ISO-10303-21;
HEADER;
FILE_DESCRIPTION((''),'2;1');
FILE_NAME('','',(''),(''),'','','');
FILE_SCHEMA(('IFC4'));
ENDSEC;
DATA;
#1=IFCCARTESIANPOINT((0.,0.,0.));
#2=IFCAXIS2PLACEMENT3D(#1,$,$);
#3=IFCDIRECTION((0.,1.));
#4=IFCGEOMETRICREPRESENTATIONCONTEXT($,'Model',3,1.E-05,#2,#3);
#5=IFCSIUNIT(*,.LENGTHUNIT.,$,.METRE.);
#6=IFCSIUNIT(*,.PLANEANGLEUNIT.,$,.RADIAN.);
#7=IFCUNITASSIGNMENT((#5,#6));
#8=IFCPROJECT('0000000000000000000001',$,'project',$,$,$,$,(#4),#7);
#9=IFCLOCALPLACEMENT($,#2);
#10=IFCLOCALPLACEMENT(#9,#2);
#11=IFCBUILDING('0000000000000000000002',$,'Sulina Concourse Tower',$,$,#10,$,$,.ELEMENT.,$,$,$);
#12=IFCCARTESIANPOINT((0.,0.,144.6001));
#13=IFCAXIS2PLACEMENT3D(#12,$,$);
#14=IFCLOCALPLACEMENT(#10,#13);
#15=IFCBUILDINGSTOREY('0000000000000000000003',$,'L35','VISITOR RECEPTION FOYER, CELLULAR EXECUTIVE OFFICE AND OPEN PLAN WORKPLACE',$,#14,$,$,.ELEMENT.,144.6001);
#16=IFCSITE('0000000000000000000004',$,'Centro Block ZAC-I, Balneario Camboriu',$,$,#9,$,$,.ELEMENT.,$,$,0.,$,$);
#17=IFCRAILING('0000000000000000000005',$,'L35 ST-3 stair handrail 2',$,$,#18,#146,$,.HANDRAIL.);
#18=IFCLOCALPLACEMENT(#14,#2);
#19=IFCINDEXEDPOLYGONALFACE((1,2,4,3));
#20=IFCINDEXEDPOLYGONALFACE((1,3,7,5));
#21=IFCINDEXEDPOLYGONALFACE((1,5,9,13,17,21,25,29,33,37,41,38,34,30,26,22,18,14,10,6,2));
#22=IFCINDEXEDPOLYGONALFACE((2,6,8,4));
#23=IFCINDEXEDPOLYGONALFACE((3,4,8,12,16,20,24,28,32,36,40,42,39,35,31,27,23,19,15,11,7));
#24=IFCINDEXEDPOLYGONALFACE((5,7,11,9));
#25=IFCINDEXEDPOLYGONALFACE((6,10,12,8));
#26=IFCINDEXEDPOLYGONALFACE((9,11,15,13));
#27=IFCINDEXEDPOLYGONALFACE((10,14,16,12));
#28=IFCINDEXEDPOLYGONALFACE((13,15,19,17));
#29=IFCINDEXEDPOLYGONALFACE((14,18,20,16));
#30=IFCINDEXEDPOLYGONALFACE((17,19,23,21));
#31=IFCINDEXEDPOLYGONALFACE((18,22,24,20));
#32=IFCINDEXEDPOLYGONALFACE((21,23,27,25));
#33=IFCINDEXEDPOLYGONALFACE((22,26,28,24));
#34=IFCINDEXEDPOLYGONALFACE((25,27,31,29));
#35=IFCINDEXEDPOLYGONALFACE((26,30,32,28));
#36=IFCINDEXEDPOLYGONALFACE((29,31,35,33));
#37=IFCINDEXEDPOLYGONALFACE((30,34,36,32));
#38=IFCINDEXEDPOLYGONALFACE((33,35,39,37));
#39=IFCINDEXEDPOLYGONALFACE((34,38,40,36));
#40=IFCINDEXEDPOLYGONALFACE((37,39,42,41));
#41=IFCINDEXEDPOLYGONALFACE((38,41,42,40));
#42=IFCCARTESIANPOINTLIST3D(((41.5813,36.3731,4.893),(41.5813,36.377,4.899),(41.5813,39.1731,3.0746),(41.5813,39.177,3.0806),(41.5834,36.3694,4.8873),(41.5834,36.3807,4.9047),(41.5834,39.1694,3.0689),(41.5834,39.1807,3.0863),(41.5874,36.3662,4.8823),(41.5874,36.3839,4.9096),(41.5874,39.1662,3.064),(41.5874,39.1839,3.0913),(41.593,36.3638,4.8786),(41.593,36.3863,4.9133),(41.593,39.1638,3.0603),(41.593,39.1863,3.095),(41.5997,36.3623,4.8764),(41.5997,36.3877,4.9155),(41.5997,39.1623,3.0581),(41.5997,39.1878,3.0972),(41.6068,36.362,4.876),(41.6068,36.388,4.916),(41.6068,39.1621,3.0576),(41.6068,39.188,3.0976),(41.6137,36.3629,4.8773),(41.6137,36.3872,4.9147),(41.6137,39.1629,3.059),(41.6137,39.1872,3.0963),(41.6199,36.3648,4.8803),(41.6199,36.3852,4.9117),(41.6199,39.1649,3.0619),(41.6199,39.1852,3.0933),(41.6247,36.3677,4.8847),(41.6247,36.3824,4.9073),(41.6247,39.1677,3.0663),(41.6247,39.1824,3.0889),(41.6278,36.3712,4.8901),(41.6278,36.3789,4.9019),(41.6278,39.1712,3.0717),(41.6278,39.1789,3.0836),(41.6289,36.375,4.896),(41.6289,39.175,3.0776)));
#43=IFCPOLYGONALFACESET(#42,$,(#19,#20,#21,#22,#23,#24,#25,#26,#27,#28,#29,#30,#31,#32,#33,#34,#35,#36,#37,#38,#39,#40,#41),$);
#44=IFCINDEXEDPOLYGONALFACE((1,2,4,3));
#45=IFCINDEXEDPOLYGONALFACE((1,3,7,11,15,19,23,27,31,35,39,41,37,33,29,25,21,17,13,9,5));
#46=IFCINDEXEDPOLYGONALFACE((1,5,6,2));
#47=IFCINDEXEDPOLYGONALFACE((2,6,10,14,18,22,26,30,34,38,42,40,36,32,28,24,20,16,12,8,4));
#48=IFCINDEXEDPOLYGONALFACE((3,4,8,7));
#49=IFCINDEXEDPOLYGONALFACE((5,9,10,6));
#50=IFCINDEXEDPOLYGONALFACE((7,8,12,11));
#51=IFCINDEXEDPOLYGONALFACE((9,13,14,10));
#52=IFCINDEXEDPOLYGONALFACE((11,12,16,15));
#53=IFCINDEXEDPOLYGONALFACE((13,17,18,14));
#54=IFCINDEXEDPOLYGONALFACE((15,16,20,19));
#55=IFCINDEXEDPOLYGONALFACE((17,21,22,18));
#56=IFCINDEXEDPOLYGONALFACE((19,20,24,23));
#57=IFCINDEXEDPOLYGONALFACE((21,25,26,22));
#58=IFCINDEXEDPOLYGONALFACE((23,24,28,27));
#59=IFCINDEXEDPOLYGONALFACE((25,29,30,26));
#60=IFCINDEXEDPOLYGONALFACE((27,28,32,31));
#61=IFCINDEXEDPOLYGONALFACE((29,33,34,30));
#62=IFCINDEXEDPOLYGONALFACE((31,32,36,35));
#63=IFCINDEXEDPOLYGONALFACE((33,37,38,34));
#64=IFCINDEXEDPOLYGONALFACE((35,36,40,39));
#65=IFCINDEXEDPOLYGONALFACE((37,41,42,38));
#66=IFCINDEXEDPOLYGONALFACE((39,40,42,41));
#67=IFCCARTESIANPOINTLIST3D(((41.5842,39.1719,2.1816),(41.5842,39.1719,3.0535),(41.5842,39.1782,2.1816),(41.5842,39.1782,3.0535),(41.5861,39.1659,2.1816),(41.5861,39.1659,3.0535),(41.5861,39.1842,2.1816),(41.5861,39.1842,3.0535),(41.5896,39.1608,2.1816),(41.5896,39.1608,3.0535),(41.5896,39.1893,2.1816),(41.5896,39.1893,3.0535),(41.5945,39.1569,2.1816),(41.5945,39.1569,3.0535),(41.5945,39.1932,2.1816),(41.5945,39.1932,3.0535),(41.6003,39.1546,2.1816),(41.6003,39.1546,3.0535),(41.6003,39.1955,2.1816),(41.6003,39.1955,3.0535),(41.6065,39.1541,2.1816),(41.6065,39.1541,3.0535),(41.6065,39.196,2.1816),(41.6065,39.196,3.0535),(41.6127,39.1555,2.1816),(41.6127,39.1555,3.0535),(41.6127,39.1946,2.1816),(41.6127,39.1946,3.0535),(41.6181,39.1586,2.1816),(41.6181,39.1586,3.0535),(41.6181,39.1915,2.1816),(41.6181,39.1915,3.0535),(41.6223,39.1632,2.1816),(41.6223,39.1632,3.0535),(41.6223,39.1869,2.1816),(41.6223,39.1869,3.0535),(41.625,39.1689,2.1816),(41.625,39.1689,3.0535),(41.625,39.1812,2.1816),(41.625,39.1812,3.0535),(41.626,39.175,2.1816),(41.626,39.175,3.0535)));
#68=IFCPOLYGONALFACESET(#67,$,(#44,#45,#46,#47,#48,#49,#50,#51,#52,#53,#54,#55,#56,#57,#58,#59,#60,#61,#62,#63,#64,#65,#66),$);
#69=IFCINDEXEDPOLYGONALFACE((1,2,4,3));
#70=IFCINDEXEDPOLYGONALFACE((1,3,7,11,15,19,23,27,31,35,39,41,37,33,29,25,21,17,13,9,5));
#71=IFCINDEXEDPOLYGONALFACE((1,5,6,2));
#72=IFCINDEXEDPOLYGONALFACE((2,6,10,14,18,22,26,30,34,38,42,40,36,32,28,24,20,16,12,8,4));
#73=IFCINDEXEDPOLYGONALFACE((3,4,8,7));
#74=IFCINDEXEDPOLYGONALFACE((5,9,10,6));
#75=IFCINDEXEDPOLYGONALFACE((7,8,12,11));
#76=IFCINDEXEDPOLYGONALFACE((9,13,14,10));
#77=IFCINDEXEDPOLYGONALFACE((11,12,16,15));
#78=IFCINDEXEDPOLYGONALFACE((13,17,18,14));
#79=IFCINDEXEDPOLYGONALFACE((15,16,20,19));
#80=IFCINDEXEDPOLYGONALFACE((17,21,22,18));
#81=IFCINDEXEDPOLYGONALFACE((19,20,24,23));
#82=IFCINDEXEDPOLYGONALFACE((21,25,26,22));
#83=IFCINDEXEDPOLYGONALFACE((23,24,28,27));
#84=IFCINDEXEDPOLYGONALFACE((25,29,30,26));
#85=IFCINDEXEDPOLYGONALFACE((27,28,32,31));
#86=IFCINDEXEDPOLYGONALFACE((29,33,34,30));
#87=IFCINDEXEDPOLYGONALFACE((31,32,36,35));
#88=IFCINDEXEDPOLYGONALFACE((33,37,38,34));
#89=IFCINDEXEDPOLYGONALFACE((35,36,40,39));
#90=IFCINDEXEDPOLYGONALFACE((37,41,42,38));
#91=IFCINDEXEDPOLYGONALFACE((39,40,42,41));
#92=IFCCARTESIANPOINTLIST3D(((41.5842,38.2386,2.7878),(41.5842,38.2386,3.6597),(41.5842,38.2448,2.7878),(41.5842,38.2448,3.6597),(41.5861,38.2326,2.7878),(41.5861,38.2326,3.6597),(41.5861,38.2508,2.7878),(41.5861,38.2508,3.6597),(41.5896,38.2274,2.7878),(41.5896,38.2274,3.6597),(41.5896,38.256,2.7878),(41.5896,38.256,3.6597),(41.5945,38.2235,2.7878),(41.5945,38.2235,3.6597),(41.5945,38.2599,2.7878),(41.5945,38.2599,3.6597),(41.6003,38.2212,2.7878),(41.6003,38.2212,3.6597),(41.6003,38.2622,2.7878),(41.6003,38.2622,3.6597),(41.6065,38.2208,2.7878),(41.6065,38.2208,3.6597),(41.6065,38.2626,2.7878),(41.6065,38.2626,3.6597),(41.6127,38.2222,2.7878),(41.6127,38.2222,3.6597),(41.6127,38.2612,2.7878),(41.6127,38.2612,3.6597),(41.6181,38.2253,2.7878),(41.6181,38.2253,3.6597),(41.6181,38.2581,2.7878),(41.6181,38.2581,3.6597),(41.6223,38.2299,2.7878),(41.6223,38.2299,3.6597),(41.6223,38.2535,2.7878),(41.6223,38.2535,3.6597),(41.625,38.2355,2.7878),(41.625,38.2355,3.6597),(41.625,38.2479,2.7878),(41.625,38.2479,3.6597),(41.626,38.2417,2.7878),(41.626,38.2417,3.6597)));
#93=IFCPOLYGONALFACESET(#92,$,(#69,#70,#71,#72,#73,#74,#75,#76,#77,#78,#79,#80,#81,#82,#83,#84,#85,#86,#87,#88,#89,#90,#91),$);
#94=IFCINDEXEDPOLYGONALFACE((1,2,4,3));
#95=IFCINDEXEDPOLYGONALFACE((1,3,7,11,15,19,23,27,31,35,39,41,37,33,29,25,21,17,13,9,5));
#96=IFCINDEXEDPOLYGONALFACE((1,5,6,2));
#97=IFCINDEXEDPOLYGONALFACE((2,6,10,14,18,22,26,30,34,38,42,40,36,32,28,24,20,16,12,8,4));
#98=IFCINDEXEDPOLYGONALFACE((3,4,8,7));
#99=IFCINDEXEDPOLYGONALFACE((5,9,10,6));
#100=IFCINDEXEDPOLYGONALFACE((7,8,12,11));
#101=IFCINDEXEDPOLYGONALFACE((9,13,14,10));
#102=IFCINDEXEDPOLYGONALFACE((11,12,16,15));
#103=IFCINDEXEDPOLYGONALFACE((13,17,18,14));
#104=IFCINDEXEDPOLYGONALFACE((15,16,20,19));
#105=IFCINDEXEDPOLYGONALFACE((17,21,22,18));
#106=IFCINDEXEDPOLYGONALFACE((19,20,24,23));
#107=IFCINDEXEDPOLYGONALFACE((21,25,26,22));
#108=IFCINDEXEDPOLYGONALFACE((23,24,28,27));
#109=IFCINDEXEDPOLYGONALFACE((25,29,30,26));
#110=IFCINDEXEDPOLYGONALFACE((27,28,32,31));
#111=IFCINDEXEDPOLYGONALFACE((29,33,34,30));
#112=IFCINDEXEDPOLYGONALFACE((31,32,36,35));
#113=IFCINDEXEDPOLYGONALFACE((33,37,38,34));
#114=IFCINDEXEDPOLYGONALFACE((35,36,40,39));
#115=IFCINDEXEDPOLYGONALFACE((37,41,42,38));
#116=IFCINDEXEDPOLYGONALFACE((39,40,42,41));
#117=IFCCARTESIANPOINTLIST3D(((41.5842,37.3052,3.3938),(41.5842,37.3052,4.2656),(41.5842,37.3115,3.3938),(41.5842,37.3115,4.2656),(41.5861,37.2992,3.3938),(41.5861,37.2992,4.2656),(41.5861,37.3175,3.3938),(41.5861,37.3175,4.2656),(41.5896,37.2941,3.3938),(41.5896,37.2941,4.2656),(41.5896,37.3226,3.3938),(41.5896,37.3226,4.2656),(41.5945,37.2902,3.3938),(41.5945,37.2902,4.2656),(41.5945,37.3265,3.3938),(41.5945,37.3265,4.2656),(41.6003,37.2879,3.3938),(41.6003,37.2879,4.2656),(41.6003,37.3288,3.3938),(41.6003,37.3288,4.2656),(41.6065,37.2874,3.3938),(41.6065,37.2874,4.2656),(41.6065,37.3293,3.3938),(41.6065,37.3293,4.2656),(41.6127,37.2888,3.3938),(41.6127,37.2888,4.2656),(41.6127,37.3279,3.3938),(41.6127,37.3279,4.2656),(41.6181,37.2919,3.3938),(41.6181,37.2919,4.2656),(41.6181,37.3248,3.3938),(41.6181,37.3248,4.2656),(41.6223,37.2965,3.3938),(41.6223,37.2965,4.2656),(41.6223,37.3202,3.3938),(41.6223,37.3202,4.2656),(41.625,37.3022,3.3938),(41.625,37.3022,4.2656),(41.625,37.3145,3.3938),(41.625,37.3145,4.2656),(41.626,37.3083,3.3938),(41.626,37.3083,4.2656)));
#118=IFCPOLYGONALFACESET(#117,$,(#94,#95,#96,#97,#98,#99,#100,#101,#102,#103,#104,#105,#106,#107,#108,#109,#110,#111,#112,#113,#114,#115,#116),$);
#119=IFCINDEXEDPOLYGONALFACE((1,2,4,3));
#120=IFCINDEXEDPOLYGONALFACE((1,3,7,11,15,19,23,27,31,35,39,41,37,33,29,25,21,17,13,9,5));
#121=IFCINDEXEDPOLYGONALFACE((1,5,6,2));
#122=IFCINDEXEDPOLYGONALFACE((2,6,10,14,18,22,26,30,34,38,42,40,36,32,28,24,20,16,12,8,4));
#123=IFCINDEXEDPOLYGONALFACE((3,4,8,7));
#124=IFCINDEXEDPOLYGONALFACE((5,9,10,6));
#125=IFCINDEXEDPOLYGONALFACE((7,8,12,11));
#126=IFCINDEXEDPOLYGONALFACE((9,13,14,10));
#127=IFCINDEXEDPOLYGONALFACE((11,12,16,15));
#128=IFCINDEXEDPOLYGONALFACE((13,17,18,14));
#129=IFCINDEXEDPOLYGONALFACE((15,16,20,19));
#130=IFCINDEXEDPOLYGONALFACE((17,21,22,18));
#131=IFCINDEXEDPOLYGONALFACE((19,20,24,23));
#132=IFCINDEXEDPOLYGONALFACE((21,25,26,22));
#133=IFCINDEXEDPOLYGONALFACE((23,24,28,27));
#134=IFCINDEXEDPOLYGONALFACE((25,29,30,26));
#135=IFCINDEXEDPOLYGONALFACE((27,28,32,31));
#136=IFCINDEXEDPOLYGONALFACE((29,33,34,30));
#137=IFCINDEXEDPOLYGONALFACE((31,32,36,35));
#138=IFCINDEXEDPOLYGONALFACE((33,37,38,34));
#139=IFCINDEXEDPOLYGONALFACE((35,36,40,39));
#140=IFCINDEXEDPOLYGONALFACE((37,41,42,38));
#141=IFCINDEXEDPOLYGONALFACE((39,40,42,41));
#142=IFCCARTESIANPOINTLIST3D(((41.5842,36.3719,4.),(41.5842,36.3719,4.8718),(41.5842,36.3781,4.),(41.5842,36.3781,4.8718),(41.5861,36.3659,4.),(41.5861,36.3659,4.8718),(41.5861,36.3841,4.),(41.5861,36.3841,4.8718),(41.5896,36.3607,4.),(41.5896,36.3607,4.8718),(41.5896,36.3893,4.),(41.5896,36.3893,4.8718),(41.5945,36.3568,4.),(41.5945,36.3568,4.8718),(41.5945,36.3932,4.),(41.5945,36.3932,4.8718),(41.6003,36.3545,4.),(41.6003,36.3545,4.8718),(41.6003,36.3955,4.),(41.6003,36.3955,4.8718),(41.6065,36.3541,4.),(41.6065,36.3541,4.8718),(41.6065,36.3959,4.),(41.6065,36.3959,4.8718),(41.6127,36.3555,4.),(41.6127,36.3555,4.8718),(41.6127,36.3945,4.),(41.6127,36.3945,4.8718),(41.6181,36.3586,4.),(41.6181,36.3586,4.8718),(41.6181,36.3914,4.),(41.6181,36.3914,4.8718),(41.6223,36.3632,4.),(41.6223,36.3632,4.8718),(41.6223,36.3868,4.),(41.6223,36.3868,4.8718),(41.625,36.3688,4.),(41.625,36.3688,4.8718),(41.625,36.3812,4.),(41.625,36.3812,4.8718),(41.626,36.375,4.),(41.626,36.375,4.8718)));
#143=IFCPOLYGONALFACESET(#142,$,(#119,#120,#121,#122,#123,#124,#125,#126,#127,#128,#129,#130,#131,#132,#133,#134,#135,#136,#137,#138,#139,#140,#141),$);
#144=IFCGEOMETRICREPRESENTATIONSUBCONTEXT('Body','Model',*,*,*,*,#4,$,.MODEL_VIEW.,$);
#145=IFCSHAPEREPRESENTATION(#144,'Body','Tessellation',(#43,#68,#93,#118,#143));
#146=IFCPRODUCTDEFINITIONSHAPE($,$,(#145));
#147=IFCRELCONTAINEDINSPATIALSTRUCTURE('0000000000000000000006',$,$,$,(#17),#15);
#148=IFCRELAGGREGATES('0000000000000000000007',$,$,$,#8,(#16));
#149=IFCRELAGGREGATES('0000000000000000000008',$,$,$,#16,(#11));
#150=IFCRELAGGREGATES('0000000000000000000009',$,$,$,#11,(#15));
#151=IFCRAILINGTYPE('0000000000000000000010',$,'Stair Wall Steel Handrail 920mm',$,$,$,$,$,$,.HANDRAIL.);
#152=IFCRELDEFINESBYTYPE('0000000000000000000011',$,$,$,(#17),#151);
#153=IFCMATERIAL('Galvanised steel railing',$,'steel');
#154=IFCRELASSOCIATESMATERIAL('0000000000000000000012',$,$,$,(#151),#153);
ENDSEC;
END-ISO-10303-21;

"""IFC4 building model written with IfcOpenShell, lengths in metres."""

from ifc_helpers import new_model, si_unit, direction, frame, origin, origin_2d, place, context, subcontext, project, spatial, circle, extrude, material, type_object, element, save


model = new_model("IFC4")

# Units and contexts
model_context = context("Model", 3, precision=1e-05, world=origin(), true_north=direction((0.0, 1.0)))
body_context = subcontext(model_context, "Body", "Model", "MODEL_VIEW")
ifc_project = project(units=[si_unit("LENGTHUNIT", "METRE"), si_unit("PLANEANGLEUNIT", "RADIAN")], contexts=[model_context])

# Site, building, storey
site_placement = place(None, origin())
site = spatial("IfcSite", under=ifc_project, at=site_placement, Name="Centro Block ZAC-I, Balneario Camboriu", CompositionType="ELEMENT", RefElevation=0.0)
building_placement = place(site_placement, origin())
building = spatial("IfcBuilding", under=site, at=building_placement, Name="Sulina Concourse Tower", CompositionType="ELEMENT")
storey_placement = place(building_placement, frame((0.0, 0.0, 144.6001)))
storey = spatial("IfcBuildingStorey", under=building, at=storey_placement, Name="L35", Description="VISITOR RECEPTION FOYER, CELLULAR EXECUTIVE OFFICE AND OPEN PLAN WORKPLACE", CompositionType="ELEMENT", Elevation=144.6001)

# Railing
ifc_material_1 = material(Name="Galvanised steel railing", Category="steel")
railing_type_1 = type_object("IfcRailingType", Name="Stair Wall Steel Handrail 920mm", PredefinedType="HANDRAIL", material=ifc_material_1)
railing_1_placement = place(storey_placement, frame((41.605, 39.175, 2.1816)))
element("IfcRailing", 1, at=railing_1_placement, inside=storey, type_object=railing_type_1, Name="L35 ST-3 stair handrail 2", PredefinedType="HANDRAIL", context=body_context, shape_type="SweptSolid", body=[
    extrude(circle(Radius=0.0239, at=origin_2d()), frame((0.0, 0.0, 0.896), z_axis=(0.0, -0.838672, 0.544636), x_axis=(1.0, 0.0, 0.0)), (0.0, 0.0, 1.0), 3.3386),
    extrude(circle(Radius=0.021, at=origin_2d()), origin(), (0.0, 0.0, 1.0), 0.8718),
    extrude(circle(Radius=0.021, at=origin_2d()), frame((0.0, -0.9333, 0.6062)), (0.0, 0.0, 1.0), 0.8718),
    extrude(circle(Radius=0.021, at=origin_2d()), frame((0.0, -1.8667, 1.2122)), (0.0, 0.0, 1.0), 0.8718),
    extrude(circle(Radius=0.021, at=origin_2d()), frame((0.0, -2.8, 1.8184)), (0.0, 0.0, 1.0), 0.8718),
])

save(model, "model.ifc")
